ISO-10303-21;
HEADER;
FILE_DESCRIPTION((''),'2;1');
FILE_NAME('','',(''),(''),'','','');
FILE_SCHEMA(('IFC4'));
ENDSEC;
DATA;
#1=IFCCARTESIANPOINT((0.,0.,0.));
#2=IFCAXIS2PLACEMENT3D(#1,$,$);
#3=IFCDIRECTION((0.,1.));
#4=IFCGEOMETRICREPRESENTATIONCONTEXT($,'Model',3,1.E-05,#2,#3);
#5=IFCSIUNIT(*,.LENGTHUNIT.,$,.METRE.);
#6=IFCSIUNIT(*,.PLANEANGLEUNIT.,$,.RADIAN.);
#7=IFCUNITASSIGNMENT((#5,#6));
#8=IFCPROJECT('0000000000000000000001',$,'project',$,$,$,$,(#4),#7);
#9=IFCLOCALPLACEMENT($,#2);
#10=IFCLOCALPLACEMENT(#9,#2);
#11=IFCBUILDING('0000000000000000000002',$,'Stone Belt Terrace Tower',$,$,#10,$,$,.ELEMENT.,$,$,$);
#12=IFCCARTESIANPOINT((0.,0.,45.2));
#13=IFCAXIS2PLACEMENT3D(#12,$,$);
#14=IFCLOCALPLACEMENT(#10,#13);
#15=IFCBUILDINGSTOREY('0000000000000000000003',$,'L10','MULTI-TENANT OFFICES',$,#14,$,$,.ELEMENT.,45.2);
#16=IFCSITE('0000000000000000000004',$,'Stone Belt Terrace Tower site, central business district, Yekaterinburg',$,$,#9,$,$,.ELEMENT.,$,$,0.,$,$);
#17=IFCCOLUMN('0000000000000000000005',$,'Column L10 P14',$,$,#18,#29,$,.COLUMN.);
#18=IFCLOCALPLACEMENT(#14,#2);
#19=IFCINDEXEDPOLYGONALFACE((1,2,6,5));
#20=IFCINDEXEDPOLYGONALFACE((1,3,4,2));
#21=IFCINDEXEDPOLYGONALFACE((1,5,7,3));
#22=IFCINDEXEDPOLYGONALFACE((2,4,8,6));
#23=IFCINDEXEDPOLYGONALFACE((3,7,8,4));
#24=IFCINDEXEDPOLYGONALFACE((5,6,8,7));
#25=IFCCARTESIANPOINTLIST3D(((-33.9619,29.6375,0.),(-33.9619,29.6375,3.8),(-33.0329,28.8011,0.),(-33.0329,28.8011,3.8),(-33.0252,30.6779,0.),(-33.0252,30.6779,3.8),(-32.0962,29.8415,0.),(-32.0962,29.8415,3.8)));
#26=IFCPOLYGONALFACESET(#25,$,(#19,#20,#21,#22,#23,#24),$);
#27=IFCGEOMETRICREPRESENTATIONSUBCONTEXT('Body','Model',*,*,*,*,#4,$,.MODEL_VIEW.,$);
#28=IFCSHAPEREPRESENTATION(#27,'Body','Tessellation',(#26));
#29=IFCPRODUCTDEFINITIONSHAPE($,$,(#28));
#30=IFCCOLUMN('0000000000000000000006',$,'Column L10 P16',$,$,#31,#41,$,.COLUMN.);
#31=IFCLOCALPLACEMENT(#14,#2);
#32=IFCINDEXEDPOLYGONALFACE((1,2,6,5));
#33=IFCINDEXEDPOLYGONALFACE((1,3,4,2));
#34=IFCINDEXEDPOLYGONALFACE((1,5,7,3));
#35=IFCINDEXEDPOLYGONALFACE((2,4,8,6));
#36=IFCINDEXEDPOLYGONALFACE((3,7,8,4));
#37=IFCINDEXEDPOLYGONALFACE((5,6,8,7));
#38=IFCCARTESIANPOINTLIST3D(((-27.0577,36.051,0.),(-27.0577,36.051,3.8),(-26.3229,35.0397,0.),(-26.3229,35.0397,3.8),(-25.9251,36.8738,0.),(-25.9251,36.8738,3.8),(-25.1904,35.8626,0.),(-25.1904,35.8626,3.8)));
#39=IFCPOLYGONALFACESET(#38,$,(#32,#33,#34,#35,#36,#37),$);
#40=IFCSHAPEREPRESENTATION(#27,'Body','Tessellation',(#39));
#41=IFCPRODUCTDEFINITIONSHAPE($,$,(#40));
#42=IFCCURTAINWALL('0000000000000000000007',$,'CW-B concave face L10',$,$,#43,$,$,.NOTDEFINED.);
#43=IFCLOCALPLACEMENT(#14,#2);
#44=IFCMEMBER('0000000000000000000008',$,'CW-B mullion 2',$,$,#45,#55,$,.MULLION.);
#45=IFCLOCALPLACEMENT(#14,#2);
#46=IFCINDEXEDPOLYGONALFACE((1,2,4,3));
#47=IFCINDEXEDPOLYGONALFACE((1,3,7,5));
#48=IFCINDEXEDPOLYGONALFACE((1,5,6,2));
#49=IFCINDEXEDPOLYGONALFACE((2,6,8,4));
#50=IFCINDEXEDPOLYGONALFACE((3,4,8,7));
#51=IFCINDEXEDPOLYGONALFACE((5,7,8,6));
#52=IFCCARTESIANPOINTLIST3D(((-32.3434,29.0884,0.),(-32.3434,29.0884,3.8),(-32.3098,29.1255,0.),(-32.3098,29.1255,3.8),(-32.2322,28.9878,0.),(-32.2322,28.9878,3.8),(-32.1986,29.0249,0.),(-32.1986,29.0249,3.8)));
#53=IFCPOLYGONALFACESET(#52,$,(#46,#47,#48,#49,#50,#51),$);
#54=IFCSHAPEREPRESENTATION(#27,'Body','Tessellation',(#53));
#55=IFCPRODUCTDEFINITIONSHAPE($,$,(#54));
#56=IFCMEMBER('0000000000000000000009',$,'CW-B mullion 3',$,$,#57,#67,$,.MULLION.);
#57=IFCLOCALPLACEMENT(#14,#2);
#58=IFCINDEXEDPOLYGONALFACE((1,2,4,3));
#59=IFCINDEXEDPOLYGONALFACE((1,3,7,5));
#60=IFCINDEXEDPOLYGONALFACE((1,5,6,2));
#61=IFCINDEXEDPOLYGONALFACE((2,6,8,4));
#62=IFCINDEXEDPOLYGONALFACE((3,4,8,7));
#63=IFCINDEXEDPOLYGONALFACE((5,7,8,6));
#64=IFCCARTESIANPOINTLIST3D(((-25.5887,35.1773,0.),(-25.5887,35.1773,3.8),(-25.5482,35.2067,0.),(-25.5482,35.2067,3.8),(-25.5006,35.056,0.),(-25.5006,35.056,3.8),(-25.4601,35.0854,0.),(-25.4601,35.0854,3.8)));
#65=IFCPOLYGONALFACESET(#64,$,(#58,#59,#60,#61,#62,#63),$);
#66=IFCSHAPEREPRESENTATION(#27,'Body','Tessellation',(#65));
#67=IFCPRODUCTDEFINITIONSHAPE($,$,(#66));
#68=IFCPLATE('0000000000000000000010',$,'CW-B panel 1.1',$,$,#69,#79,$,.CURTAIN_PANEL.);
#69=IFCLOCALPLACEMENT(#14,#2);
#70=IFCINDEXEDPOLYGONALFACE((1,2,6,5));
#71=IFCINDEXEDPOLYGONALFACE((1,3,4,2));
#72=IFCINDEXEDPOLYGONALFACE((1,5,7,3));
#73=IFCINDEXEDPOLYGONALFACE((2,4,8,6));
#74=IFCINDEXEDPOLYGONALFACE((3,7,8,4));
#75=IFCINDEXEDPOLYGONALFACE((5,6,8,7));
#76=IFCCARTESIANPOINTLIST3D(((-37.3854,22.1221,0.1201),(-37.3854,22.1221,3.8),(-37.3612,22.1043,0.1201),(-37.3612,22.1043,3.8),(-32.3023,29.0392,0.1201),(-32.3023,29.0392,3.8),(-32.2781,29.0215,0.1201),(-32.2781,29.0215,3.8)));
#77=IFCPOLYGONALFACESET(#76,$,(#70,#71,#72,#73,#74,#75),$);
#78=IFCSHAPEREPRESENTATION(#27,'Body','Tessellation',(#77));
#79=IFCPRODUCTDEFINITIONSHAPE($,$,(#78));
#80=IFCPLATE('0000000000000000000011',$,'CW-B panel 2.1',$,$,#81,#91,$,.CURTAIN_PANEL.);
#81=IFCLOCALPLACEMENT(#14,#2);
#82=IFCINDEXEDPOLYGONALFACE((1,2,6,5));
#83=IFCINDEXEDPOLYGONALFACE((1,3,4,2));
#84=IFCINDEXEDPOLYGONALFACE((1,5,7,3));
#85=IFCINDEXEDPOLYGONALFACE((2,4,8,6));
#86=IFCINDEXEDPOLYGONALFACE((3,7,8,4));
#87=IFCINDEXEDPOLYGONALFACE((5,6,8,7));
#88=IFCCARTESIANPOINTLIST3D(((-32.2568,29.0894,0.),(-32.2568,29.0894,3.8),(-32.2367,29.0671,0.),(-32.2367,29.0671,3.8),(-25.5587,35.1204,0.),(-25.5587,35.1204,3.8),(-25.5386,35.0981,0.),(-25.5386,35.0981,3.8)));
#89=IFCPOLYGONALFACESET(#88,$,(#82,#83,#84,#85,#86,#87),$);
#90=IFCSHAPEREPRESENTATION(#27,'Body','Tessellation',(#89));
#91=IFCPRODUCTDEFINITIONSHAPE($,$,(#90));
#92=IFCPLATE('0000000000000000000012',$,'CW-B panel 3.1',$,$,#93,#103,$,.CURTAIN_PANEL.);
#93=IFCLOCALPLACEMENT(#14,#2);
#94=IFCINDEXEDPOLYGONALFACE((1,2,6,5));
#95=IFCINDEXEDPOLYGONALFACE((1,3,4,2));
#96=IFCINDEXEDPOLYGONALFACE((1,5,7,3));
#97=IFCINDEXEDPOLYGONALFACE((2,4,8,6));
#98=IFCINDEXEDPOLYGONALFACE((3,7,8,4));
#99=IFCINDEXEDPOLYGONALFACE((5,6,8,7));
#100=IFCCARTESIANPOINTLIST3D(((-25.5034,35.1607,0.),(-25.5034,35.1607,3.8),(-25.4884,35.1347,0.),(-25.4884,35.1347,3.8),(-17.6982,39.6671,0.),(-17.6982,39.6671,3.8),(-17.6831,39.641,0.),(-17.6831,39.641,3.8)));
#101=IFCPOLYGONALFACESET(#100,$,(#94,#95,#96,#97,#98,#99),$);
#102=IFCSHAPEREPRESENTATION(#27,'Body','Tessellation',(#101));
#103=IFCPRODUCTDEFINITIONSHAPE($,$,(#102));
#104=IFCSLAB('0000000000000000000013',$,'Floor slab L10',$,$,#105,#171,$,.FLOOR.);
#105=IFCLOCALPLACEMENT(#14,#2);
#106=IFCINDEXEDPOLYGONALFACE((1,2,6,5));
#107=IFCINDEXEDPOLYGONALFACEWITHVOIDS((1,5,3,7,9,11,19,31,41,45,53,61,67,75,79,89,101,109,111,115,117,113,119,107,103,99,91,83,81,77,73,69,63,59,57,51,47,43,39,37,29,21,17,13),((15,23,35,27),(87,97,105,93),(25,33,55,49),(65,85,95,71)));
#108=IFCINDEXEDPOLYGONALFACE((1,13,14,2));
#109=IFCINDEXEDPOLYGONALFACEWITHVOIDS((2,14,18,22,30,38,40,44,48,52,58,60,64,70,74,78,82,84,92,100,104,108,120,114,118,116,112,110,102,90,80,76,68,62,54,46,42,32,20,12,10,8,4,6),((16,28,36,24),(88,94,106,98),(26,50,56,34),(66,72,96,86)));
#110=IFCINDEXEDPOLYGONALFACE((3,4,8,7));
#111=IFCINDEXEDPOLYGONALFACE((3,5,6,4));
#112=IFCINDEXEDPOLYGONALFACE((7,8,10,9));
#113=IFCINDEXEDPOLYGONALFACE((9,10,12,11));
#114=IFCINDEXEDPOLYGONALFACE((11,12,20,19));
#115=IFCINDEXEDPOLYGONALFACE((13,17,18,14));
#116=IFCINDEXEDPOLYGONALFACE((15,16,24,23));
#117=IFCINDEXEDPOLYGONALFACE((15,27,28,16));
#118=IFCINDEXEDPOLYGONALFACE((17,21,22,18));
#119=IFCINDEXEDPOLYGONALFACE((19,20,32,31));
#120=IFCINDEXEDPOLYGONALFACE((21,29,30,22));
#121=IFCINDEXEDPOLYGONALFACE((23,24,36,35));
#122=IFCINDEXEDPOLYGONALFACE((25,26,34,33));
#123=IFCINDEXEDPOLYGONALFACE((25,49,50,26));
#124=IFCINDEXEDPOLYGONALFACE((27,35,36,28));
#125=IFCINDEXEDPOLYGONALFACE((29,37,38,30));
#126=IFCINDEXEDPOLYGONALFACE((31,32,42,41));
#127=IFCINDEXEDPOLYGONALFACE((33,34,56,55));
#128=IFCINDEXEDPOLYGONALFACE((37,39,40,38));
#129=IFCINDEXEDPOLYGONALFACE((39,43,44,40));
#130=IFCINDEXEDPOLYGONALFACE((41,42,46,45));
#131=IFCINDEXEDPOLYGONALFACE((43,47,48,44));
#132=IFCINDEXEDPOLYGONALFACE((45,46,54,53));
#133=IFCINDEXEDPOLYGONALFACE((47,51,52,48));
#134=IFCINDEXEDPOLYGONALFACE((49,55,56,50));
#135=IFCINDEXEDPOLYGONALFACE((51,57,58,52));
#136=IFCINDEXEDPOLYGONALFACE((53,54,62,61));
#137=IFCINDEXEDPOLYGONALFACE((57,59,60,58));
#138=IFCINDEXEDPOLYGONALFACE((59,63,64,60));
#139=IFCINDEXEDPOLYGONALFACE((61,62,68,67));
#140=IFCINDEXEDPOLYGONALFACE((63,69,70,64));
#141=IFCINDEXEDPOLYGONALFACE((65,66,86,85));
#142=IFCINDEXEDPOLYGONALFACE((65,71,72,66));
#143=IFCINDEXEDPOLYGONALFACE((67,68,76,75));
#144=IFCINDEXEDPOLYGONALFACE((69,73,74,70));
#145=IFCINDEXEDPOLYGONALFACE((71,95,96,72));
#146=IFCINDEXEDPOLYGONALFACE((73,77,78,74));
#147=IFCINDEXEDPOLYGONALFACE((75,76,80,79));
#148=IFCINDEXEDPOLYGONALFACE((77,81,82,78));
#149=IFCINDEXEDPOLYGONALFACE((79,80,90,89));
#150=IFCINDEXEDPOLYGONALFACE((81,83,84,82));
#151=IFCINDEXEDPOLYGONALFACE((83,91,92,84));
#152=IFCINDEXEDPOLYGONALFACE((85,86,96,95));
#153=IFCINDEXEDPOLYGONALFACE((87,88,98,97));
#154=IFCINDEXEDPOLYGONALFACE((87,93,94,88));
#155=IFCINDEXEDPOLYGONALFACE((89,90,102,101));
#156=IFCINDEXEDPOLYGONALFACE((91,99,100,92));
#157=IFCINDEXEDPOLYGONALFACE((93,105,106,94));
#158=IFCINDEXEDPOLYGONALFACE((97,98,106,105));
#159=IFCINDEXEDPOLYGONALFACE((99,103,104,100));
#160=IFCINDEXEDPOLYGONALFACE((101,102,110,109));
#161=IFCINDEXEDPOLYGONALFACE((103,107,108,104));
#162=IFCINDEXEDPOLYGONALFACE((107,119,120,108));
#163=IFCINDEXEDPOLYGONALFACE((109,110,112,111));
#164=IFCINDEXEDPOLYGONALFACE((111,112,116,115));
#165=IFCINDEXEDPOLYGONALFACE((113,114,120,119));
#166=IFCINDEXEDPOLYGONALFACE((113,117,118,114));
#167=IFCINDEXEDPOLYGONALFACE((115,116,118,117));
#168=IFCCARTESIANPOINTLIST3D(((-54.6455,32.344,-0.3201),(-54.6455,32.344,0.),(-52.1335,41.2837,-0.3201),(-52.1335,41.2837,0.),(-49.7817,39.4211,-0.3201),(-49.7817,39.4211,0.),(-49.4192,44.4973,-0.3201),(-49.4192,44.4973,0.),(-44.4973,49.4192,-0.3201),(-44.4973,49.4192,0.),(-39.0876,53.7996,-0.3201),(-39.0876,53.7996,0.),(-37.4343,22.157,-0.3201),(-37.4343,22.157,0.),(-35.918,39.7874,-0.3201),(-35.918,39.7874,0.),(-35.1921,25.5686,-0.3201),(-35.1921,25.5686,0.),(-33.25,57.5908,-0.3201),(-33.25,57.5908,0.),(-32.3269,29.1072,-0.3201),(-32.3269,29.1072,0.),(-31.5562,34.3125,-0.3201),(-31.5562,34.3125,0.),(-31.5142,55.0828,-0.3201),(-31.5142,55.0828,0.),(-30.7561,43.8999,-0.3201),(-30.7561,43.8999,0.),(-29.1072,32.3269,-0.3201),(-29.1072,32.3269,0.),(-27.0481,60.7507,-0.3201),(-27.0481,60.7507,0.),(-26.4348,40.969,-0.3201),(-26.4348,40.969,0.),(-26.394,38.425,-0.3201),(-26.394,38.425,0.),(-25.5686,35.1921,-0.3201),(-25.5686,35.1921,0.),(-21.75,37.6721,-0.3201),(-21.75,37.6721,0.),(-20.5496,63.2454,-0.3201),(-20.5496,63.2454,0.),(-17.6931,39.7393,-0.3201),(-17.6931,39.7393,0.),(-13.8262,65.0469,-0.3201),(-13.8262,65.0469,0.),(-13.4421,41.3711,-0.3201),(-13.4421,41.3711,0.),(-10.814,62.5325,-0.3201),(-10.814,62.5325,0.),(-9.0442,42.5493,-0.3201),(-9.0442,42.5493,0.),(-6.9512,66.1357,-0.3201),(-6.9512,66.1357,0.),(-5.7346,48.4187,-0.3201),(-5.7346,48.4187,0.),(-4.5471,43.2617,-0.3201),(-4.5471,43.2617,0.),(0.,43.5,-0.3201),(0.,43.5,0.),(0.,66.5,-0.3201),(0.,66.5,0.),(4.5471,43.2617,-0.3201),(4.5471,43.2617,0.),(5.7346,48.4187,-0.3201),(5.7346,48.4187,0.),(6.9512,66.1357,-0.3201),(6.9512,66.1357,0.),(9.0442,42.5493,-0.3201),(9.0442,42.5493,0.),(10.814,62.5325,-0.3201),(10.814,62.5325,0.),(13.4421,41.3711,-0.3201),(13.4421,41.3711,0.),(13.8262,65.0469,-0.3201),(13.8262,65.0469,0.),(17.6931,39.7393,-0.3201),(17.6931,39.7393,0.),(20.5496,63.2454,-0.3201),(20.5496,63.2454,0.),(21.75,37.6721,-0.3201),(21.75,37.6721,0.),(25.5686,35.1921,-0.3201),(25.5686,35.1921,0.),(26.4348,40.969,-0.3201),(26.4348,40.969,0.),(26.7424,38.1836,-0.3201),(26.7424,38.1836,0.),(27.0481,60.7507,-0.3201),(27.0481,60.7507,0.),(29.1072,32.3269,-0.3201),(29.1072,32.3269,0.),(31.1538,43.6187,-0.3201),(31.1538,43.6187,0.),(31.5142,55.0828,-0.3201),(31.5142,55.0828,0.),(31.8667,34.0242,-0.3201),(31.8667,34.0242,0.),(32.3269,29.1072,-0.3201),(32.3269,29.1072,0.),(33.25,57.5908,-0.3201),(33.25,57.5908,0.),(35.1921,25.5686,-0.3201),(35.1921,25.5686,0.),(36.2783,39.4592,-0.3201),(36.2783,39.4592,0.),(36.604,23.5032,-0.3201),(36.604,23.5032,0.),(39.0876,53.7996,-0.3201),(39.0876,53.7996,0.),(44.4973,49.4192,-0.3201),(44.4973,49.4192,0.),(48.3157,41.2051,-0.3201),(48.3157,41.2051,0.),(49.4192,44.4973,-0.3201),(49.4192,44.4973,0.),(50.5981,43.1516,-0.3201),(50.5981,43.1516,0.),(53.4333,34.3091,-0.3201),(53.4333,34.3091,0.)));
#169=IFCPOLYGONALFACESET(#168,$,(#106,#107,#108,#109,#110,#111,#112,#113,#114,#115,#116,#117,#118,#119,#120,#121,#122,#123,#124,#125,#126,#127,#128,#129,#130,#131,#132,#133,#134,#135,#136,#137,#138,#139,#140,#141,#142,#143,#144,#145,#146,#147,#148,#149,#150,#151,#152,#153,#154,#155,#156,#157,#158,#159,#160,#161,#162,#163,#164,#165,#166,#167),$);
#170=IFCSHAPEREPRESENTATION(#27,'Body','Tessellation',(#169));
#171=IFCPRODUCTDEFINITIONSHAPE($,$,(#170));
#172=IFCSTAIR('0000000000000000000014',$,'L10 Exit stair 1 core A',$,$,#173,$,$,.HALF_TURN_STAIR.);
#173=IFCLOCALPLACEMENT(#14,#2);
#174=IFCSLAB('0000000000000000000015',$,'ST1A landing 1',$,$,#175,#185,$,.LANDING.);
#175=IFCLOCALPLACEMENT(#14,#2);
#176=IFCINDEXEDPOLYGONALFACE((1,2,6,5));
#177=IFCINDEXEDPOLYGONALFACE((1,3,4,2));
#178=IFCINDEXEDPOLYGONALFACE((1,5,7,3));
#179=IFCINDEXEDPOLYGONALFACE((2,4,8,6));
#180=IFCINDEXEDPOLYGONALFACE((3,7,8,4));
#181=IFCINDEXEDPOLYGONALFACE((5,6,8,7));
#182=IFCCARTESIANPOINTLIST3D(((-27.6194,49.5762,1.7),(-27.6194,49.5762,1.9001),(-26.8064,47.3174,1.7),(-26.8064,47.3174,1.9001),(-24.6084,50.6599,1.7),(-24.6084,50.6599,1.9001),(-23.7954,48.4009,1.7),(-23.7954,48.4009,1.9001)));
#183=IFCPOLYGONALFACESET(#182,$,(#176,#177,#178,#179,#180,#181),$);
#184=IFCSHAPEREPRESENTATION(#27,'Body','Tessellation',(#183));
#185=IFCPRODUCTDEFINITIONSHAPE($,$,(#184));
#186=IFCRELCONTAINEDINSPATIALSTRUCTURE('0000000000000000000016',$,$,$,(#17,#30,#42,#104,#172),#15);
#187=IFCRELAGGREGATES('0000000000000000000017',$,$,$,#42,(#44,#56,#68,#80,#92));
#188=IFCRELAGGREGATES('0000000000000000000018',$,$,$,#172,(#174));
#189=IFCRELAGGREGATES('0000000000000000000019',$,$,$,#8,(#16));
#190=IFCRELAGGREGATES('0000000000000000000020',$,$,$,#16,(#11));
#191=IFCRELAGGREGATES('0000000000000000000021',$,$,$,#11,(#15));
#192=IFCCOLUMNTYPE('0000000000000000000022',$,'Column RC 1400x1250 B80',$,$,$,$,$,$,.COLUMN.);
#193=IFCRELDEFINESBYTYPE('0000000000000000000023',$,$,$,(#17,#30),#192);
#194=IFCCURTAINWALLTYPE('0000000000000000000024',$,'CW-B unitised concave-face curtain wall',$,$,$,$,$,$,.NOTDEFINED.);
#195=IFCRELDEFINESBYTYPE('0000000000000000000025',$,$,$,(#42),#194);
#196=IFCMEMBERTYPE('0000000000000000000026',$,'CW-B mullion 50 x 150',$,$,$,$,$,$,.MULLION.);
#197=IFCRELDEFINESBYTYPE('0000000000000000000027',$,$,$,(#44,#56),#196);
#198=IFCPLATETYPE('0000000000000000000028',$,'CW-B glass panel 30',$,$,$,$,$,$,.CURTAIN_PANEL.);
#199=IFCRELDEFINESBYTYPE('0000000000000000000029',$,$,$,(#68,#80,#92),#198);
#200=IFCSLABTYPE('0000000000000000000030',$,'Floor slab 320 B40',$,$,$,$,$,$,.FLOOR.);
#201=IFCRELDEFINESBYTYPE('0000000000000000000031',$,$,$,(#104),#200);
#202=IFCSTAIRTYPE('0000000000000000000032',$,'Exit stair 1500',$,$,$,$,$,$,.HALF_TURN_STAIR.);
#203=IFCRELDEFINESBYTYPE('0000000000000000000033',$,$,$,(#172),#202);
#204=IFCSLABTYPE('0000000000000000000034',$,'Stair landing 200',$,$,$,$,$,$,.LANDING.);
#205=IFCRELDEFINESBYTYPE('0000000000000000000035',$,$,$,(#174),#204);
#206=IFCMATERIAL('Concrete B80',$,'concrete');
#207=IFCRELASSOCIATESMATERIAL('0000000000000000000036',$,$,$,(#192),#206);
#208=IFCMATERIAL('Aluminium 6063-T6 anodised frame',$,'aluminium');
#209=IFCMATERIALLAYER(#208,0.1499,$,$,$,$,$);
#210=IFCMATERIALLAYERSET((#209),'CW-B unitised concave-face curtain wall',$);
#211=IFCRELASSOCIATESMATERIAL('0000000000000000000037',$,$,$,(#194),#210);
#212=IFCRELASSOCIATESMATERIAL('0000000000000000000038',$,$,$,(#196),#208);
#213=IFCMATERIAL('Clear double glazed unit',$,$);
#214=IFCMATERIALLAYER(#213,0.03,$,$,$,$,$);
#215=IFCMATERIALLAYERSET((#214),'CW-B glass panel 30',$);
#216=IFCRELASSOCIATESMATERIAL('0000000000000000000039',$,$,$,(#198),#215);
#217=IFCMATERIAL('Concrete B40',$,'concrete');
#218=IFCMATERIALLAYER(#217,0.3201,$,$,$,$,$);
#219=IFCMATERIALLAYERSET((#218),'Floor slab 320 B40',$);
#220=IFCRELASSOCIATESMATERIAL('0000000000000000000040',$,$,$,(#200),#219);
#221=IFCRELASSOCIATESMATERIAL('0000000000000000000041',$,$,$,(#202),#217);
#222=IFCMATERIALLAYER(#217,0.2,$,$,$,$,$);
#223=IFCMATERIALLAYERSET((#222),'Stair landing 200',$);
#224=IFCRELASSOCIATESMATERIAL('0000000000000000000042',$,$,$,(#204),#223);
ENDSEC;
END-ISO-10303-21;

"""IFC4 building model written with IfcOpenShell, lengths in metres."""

from ifc_helpers import new_model, si_unit, direction, frame, origin, origin_2d, place, context, subcontext, project, spatial, polyline, rectangle, outline, extrude, material, layer, layer_set, material_profile, profile_set, type_object, element, aggregate, save


model = new_model("IFC4")

# Units and contexts
model_context = context("Model", 3, precision=1e-05, world=origin(), true_north=direction((0.0, 1.0)))
body_context = subcontext(model_context, "Body", "Model", "MODEL_VIEW")
ifc_project = project(units=[si_unit("LENGTHUNIT", "METRE"), si_unit("PLANEANGLEUNIT", "RADIAN")], contexts=[model_context])

# Site, building, storey
site_placement = place(None, origin())
site = spatial("IfcSite", under=ifc_project, at=site_placement, Name="Stone Belt Terrace Tower site, central business district, Yekaterinburg", CompositionType="ELEMENT", RefElevation=0.0)
building_placement = place(site_placement, origin())
building = spatial("IfcBuilding", under=site, at=building_placement, Name="Stone Belt Terrace Tower", CompositionType="ELEMENT")
storey_placement = place(building_placement, frame((0.0, 0.0, 45.2)))
storey = spatial("IfcBuildingStorey", under=building, at=storey_placement, Name="L10", Description="MULTI-TENANT OFFICES", CompositionType="ELEMENT", Elevation=45.2)

# Columns
ifc_material_1 = material(Name="Concrete B80", Category="concrete")
ifc_material_profile_1 = material_profile(ifc_material_1, rectangle(XDim=1.3999, YDim=1.25, at=origin_2d()), Name="RC 1400x1250")
ifc_profile_set_1 = profile_set([ifc_material_profile_1], Name="Concrete B80")
column_type = type_object("IfcColumnType", Name="Column RC 1400x1250 B80", PredefinedType="COLUMN", material=ifc_profile_set_1)
for number, where, z_axis, x_axis, name in (
    (1, (-33.0291, 29.7395, 0.0), (0.0, 0.0, 1.0), (0.669131, 0.743145, 0.0), "Column L10 P14"),
    (2, (-26.124, 35.9568, 0.0), (0.0, 0.0, 1.0), (0.809017, 0.587785, 0.0), "Column L10 P16"),
):
    element("IfcColumn", number, at=place(storey_placement, frame(where, z_axis=z_axis, x_axis=x_axis)), inside=storey, type_object=column_type, Name=name, PredefinedType="COLUMN", context=body_context, shape_type="SweptSolid", body=[
        extrude(rectangle(XDim=1.3999, YDim=1.25, at=origin_2d()), origin(), (0.0, 0.0, 1.0), 3.8),
    ])

# Curtain wall, members, plates
ifc_material_2 = material(Name="Aluminium 6063-T6 anodised frame", Category="aluminium")
ifc_layer_1 = layer(ifc_material_2, 0.1499)
ifc_layer_set_1 = layer_set([ifc_layer_1], Name="CW-B unitised concave-face curtain wall")
curtain_wall_type = type_object("IfcCurtainWallType", Name="CW-B unitised concave-face curtain wall", PredefinedType="NOTDEFINED", material=ifc_layer_set_1)
curtain_wall_placement = place(storey_placement, origin())
curtain_wall = element("IfcCurtainWall", 3, at=curtain_wall_placement, inside=storey, type_object=curtain_wall_type, Name="CW-B concave face L10", PredefinedType="NOTDEFINED")
ifc_material_profile_2 = material_profile(ifc_material_2, rectangle(XDim=0.1499, YDim=0.05, at=origin_2d()), Name="Aluminium 6063-T6 50x150")
ifc_profile_set_2 = profile_set([ifc_material_profile_2], Name="Aluminium 6063-T6 anodised frame")
member_type = type_object("IfcMemberType", Name="CW-B mullion 50 x 150", PredefinedType="MULLION", material=ifc_profile_set_2)
member_1_placement = place(storey_placement, frame((-32.271, 29.0566, 0.0), z_axis=(0.0, 0.0, 1.0), x_axis=(-0.74133, 0.671141, 0.0)))
member_1 = element("IfcMember", 4, at=member_1_placement, type_object=member_type, Name="CW-B mullion 2", PredefinedType="MULLION", context=body_context, shape_type="SweptSolid", body=[
    extrude(rectangle(XDim=0.1499, YDim=0.05, at=origin_2d()), origin(), (0.0, 0.0, 1.0), 3.8),
])
member_2_placement = place(storey_placement, frame((-25.5244, 35.1313, 0.0), z_axis=(0.0, 0.0, 1.0), x_axis=(-0.587785, 0.809017, 0.0)))
member_2 = element("IfcMember", 5, at=member_2_placement, type_object=member_type, Name="CW-B mullion 3", PredefinedType="MULLION", context=body_context, shape_type="SweptSolid", body=[
    extrude(rectangle(XDim=0.1499, YDim=0.05, at=origin_2d()), origin(), (0.0, 0.0, 1.0), 3.8),
])
ifc_material_3 = material(Name="Clear double glazed unit")
ifc_layer_2 = layer(ifc_material_3, 0.03)
ifc_layer_set_2 = layer_set([ifc_layer_2], Name="CW-B glass panel 30")
plate_type = type_object("IfcPlateType", Name="CW-B glass panel 30", PredefinedType="CURTAIN_PANEL", material=ifc_layer_set_2)
plate_1_placement = place(storey_placement, frame((-34.8318, 25.5718, 0.1201), z_axis=(0.0, 0.0, 1.0), x_axis=(0.592159, 0.805821, 0.0)))
plate_1 = element("IfcPlate", 6, at=plate_1_placement, type_object=plate_type, Name="CW-B panel 1.1", PredefinedType="CURTAIN_PANEL", context=body_context, shape_type="SweptSolid", body=[
    extrude(rectangle(XDim=8.584, YDim=0.03, at=origin_2d()), origin(), (0.0, 0.0, 1.0), 3.6799),
])
plate_2_placement = place(storey_placement, frame((-28.8977, 32.0938, 0.0), z_axis=(0.0, 0.0, 1.0), x_axis=(0.743145, 0.669131, 0.0)))
plate_2 = element("IfcPlate", 7, at=plate_2_placement, type_object=plate_type, Name="CW-B panel 2.1", PredefinedType="CURTAIN_PANEL", context=body_context, shape_type="SweptSolid", body=[
    extrude(rectangle(XDim=9.0132, YDim=0.03, at=origin_2d()), origin(), (0.0, 0.0, 1.0), 3.8),
])
plate_3_placement = place(storey_placement, frame((-21.5933, 37.4009, 0.0), z_axis=(0.0, 0.0, 1.0), x_axis=(0.866025, 0.5, 0.0)))
plate_3 = element("IfcPlate", 8, at=plate_3_placement, type_object=plate_type, Name="CW-B panel 3.1", PredefinedType="CURTAIN_PANEL", context=body_context, shape_type="SweptSolid", body=[
    extrude(rectangle(XDim=9.0127, YDim=0.03, at=origin_2d()), origin(), (0.0, 0.0, 1.0), 3.8),
])
aggregate(curtain_wall, [member_1, member_2, plate_1, plate_2, plate_3])

# Slab
ifc_material_4 = material(Name="Concrete B40", Category="concrete")
ifc_layer_3 = layer(ifc_material_4, 0.3201)
ifc_layer_set_3 = layer_set([ifc_layer_3], Name="Floor slab 320 B40")
slab_type_1 = type_object("IfcSlabType", Name="Floor slab 320 B40", PredefinedType="FLOOR", material=ifc_layer_set_3)
slab_1_placement = place(storey_placement, frame((0.0, 0.0, -0.3201)))
element("IfcSlab", 9, at=slab_1_placement, inside=storey, type_object=slab_type_1, Name="Floor slab L10", PredefinedType="FLOOR", context=body_context, shape_type="SweptSolid", body=[
    extrude(outline(polyline([(-49.4192, 44.4973), (-44.4973, 49.4192), (-39.0876, 53.7996), (-33.25, 57.5908), (-27.0481, 60.7507), (-20.5496, 63.2454), (-13.8262, 65.0469), (-6.9512, 66.1357), (0.0, 66.5), (6.9512, 66.1357), (13.8262, 65.0469), (20.5496, 63.2454), (27.0481, 60.7507), (33.25, 57.5908), (39.0876, 53.7996), (44.4973, 49.4192), (49.4192, 44.4973), (50.5981, 43.1516), (48.3157, 41.2051), (53.4333, 34.3091), (36.604, 23.5032), (35.1921, 25.5686), (32.3269, 29.1072), (29.1072, 32.3269), (25.5686, 35.1921), (21.75, 37.6721), (17.6931, 39.7393), (13.4421, 41.3711), (9.0442, 42.5493), (4.5471, 43.2617), (0.0, 43.5), (-4.5471, 43.2617), (-9.0442, 42.5493), (-13.4421, 41.3711), (-17.6931, 39.7393), (-21.75, 37.6721), (-25.5686, 35.1921), (-29.1072, 32.3269), (-32.3269, 29.1072), (-35.1921, 25.5686), (-37.4343, 22.157), (-54.6455, 32.344), (-49.7817, 39.4211), (-52.1335, 41.2837), (-49.4192, 44.4973)]), holes=[polyline([(-26.4348, 40.969), (-5.7346, 48.4187), (-10.814, 62.5325), (-31.5142, 55.0828), (-26.4348, 40.969)]), polyline([(10.814, 62.5325), (5.7346, 48.4187), (26.4348, 40.969), (31.5142, 55.0828), (10.814, 62.5325)]), polyline([(-35.918, 39.7874), (-31.5562, 34.3125), (-26.394, 38.425), (-30.7561, 43.8999), (-35.918, 39.7874)]), polyline([(36.2783, 39.4592), (31.1538, 43.6187), (26.7424, 38.1836), (31.8667, 34.0242), (36.2783, 39.4592)])]), origin(), (0.0, 0.0, 1.0), 0.3201),
])

# Stair, slab
stair_type = type_object("IfcStairType", Name="Exit stair 1500", PredefinedType="HALF_TURN_STAIR", material=ifc_material_4)
stair_placement = place(storey_placement, origin())
stair = element("IfcStair", 10, at=stair_placement, inside=storey, type_object=stair_type, Name="L10 Exit stair 1 core A", PredefinedType="HALF_TURN_STAIR")
ifc_layer_4 = layer(ifc_material_4, 0.2)
ifc_layer_set_4 = layer_set([ifc_layer_4], Name="Stair landing 200")
slab_type_2 = type_object("IfcSlabType", Name="Stair landing 200", PredefinedType="LANDING", material=ifc_layer_set_4)
slab_2_placement = place(storey_placement, frame((0.0, 0.0, 1.7)))
slab_2 = element("IfcSlab", 11, at=slab_2_placement, type_object=slab_type_2, Name="ST1A landing 1", PredefinedType="LANDING", context=body_context, shape_type="SweptSolid", body=[
    extrude(outline(polyline([(-23.7954, 48.4009), (-24.6084, 50.6599), (-27.6194, 49.5762), (-26.8064, 47.3174), (-23.7954, 48.4009)])), origin(), (0.0, 0.0, 1.0), 0.2002),
])
aggregate(stair, [slab_2])

save(model, "model.ifc")
